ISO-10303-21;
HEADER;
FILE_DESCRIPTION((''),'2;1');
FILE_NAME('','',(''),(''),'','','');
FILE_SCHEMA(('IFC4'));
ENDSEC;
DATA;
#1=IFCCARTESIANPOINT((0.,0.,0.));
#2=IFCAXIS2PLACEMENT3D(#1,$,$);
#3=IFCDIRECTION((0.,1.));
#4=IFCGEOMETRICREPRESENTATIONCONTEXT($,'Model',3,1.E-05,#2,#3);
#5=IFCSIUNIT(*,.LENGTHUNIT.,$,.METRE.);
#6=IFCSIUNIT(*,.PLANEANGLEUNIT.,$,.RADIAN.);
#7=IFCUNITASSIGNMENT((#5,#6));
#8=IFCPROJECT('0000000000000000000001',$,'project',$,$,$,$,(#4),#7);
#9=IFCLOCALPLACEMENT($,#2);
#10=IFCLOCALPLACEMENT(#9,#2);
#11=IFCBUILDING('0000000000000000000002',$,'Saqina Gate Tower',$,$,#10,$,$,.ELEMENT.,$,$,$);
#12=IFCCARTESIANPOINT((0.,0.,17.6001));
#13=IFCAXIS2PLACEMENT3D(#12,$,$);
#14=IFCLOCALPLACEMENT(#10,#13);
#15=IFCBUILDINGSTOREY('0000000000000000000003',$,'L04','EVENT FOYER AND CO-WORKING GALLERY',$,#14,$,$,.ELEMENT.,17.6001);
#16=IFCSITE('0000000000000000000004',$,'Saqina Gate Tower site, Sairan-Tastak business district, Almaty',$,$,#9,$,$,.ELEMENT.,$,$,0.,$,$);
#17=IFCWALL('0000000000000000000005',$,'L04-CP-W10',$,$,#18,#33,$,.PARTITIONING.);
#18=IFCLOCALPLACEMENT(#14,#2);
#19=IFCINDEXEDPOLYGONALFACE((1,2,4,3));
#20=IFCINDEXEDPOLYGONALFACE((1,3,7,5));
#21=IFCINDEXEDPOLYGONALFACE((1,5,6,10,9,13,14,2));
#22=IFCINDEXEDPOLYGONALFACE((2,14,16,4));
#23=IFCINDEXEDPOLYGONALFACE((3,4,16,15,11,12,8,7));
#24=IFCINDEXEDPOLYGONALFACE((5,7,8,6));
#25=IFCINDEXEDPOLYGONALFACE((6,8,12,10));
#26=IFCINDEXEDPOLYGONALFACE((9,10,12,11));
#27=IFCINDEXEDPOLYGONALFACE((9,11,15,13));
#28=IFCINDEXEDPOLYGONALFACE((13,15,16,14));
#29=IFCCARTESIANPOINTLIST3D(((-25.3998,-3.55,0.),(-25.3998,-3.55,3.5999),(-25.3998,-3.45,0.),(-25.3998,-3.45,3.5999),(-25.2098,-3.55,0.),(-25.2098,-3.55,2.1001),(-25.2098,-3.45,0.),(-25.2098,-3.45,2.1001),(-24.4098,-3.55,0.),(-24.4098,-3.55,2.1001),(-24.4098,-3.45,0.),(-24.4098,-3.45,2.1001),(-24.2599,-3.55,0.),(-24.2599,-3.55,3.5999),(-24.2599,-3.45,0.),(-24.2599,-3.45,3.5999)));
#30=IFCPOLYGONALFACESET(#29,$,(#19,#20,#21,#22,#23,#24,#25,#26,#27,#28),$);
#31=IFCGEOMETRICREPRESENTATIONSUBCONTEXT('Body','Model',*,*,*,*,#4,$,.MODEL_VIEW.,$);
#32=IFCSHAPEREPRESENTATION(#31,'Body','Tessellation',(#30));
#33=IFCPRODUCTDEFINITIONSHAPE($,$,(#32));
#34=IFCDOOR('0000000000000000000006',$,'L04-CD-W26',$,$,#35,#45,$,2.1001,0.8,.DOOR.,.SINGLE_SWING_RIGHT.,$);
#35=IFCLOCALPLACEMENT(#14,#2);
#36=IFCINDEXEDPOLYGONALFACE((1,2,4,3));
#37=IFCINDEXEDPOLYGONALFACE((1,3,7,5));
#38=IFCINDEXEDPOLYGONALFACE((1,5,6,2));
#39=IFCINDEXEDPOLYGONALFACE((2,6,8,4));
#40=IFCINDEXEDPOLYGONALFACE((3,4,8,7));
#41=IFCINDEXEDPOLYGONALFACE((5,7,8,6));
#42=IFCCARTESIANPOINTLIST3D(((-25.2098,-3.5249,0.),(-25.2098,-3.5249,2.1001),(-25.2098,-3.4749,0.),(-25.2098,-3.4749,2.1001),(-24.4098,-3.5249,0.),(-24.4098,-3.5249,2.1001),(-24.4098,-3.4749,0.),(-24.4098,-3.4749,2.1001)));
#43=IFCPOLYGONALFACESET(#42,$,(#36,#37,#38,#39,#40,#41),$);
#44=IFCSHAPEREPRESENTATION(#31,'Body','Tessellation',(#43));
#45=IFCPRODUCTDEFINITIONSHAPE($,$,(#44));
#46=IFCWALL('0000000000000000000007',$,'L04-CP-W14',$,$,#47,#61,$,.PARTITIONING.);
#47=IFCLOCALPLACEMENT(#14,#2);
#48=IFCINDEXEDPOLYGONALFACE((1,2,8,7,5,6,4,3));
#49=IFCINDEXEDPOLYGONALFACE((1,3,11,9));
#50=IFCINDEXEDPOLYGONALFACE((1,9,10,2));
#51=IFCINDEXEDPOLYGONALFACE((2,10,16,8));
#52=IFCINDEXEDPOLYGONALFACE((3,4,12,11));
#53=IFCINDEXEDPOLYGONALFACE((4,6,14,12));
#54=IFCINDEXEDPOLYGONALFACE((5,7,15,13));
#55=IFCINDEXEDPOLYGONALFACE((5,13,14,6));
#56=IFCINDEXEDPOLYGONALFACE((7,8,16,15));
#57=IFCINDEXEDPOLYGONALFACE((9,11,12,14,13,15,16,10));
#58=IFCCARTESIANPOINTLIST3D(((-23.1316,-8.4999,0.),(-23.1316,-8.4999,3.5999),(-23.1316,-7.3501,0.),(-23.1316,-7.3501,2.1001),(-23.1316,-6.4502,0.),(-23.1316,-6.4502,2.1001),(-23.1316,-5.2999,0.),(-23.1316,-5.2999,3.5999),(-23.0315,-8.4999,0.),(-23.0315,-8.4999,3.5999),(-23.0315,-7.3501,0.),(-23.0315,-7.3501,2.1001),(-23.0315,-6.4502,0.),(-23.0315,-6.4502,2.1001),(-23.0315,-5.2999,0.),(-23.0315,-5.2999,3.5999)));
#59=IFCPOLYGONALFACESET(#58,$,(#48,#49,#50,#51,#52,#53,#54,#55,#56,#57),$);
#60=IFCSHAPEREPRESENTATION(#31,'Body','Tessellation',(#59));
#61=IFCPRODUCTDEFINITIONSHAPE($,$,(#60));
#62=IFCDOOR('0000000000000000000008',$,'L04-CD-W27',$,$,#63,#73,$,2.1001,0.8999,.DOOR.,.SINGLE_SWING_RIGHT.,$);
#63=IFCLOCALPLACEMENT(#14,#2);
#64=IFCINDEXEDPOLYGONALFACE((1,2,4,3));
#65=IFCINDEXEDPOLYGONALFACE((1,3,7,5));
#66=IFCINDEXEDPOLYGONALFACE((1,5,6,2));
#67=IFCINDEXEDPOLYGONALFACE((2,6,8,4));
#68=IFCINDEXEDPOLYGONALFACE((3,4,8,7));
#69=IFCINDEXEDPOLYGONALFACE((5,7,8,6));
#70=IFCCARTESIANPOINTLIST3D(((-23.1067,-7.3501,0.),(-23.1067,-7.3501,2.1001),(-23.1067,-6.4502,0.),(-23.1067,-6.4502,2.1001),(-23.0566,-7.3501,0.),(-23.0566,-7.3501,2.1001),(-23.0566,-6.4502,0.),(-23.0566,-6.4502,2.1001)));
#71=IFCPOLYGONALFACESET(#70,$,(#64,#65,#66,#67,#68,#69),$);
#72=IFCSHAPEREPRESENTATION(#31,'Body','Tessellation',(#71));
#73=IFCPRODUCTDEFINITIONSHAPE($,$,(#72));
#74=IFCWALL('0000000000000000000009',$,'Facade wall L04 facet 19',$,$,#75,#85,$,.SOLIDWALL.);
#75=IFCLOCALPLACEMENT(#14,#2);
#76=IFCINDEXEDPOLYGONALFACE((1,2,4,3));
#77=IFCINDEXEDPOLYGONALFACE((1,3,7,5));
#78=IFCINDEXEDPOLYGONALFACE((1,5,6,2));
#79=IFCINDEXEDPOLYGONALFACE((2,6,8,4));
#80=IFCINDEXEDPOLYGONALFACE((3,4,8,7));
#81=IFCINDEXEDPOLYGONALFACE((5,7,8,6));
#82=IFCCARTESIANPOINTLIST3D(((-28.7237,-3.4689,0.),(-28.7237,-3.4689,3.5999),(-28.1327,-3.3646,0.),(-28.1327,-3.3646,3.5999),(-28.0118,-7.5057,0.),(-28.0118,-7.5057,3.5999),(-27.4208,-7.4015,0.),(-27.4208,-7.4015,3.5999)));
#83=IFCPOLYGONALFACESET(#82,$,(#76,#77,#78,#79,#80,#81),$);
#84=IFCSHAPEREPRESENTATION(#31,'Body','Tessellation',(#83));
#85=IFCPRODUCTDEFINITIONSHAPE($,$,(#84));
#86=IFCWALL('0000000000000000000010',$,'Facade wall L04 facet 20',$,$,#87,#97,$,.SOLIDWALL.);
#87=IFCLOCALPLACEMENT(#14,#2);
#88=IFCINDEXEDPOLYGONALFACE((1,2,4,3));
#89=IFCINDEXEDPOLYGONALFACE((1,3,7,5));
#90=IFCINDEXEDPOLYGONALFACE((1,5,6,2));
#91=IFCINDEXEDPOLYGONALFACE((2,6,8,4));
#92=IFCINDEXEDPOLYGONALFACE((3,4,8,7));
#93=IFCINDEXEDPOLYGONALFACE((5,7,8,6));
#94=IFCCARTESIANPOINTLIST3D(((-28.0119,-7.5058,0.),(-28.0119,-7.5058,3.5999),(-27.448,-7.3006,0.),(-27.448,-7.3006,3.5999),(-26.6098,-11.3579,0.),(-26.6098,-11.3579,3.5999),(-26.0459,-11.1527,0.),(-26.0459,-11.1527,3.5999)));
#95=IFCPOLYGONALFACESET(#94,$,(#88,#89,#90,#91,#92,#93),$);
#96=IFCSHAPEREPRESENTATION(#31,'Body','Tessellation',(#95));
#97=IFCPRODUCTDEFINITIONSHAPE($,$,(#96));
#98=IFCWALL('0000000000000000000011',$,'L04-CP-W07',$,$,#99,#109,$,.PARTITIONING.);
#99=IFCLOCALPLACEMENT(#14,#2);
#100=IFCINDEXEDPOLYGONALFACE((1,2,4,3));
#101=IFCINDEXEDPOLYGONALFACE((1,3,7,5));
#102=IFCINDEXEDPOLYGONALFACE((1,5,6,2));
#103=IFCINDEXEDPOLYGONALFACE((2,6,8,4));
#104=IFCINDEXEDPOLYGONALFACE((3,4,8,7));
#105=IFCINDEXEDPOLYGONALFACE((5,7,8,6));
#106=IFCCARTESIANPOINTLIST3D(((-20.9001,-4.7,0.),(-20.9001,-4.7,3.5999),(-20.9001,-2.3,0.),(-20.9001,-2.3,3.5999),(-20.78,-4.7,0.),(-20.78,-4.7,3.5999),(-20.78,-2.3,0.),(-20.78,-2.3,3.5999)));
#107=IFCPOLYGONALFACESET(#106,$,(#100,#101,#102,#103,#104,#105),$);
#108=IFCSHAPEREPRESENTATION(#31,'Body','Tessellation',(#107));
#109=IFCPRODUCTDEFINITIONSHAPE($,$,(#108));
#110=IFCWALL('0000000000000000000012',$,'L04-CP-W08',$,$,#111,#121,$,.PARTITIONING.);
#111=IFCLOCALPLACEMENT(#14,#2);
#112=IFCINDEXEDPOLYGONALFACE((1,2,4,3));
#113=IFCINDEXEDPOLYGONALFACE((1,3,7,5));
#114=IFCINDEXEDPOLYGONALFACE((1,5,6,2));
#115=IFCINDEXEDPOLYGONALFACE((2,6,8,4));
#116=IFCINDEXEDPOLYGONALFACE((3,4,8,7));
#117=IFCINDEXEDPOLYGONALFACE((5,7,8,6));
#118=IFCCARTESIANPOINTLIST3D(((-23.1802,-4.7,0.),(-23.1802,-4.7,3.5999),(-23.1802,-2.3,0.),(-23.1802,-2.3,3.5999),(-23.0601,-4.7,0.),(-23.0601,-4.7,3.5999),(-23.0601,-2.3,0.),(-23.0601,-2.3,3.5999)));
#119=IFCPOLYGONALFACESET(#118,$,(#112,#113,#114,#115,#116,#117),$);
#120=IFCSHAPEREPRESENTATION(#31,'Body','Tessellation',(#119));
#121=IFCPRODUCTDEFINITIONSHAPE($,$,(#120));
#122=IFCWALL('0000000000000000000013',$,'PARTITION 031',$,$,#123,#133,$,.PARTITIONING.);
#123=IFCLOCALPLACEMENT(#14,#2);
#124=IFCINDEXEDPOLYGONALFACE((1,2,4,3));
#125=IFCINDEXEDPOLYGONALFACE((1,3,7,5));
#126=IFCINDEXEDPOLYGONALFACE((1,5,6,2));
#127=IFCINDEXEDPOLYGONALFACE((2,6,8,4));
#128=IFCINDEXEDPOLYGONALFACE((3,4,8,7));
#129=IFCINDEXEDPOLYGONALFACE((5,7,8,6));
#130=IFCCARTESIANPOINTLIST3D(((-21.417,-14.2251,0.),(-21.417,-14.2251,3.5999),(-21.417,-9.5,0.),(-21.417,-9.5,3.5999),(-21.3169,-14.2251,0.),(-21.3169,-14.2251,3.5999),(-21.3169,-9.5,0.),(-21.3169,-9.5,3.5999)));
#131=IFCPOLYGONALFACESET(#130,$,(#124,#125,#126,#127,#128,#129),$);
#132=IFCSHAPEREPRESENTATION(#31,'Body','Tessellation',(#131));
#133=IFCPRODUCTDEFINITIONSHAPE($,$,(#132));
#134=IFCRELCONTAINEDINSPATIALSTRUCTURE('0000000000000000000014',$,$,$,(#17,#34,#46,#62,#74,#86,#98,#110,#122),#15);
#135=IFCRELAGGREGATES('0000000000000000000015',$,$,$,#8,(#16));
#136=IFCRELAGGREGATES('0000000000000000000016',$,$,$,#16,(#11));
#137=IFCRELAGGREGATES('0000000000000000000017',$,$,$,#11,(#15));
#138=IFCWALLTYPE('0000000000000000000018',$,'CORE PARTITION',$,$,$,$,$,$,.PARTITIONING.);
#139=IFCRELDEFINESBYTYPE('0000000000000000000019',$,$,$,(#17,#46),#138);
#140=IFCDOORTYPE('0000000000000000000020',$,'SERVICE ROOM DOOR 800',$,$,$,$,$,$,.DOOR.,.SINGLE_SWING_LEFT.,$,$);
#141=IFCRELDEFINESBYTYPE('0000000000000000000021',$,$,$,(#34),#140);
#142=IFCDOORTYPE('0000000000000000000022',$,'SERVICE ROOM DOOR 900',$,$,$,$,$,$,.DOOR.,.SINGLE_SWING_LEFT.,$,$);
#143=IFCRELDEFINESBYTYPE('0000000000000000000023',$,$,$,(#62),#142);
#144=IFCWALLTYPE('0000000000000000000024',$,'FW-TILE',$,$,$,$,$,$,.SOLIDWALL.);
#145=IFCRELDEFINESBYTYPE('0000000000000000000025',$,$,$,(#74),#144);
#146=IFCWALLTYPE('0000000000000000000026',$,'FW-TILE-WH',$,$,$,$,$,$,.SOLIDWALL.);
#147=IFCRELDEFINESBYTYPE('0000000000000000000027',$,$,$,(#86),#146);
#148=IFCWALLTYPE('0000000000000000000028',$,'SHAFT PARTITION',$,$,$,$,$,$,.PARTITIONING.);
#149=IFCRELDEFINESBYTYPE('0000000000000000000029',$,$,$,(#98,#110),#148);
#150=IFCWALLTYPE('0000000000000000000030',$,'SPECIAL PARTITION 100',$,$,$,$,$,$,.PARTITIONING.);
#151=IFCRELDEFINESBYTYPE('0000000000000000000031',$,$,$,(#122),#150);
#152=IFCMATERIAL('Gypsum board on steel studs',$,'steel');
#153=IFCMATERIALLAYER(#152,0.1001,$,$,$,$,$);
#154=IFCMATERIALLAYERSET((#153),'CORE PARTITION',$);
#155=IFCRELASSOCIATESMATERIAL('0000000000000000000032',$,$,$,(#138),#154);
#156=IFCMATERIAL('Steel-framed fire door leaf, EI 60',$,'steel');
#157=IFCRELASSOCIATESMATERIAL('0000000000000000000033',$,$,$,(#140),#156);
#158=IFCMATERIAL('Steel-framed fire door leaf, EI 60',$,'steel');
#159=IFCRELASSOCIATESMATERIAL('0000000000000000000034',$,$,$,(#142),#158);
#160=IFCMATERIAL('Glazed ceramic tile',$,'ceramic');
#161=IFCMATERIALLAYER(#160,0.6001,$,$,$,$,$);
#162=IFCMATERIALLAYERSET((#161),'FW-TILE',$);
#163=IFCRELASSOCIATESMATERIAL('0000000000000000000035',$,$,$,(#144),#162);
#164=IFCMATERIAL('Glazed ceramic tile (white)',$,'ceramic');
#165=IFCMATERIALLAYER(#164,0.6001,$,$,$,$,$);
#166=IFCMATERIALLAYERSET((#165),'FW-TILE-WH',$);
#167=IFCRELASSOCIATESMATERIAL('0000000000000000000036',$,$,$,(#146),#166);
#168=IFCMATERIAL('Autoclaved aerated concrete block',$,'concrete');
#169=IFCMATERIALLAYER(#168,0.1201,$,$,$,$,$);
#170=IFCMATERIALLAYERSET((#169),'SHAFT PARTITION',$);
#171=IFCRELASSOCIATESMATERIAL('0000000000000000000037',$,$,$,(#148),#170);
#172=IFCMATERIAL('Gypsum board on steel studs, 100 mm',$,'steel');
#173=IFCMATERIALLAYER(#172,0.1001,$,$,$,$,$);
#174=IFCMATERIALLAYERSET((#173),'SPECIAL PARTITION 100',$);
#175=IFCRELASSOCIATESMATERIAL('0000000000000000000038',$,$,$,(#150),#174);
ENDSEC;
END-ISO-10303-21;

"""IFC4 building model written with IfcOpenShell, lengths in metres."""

from ifc_helpers import new_model, si_unit, direction, frame, frame_2d, origin, place, context, subcontext, project, spatial, rectangle, extrude, material, layer, layer_set, type_object, element, fill, save


model = new_model("IFC4")

# Units and contexts
model_context = context("Model", 3, precision=1e-05, world=origin(), true_north=direction((0.0, 1.0)))
body_context = subcontext(model_context, "Body", "Model", "MODEL_VIEW")
ifc_project = project(units=[si_unit("LENGTHUNIT", "METRE"), si_unit("PLANEANGLEUNIT", "RADIAN")], contexts=[model_context])

# Site, building, storey
site_placement = place(None, origin())
site = spatial("IfcSite", under=ifc_project, at=site_placement, Name="Saqina Gate Tower site, Sairan-Tastak business district, Almaty", CompositionType="ELEMENT", RefElevation=0.0)
building_placement = place(site_placement, origin())
building = spatial("IfcBuilding", under=site, at=building_placement, Name="Saqina Gate Tower", CompositionType="ELEMENT")
storey_placement = place(building_placement, frame((0.0, 0.0, 17.6001)))
storey = spatial("IfcBuildingStorey", under=building, at=storey_placement, Name="L04", Description="EVENT FOYER AND CO-WORKING GALLERY", CompositionType="ELEMENT", Elevation=17.6001)

# Shared definitions
ifc_material_1 = material(Name="Gypsum board on steel studs", Category="steel")
ifc_layer_1 = layer(ifc_material_1, 0.1001)
ifc_layer_set_1 = layer_set([ifc_layer_1], Name="CORE PARTITION")
wall_type_1 = type_object("IfcWallType", Name="CORE PARTITION", PredefinedType="PARTITIONING", material=ifc_layer_set_1)

# Walls, openings, doors
wall_1_placement = place(storey_placement, frame((-24.26, -3.5, 0.0), z_axis=(0.0, 0.0, 1.0), x_axis=(-1.0, 0.0, 0.0)))
wall_1 = element("IfcWall", 1, at=wall_1_placement, inside=storey, type_object=wall_type_1, Name="L04-CP-W10", PredefinedType="PARTITIONING", context=body_context, shape_type="SweptSolid", body=[
    extrude(rectangle(XDim=1.1399, YDim=0.1001, at=frame_2d((0.5698, 0.0))), origin(), (0.0, 0.0, 1.0), 3.5999),
])
opening_1_placement = place(wall_1_placement, frame((0.1499, 0.0, 0.0)))
opening_1 = element("IfcOpeningElement", 2, at=opening_1_placement, cuts=wall_1, PredefinedType="OPENING", context=body_context, shape_type="SweptSolid", body=[
    extrude(rectangle(XDim=0.8, YDim=2.1001, at=frame_2d((0.3999, 1.05))), frame((0.0, 0.062, 0.0), z_axis=(0.0, -1.0, 0.0), x_axis=(1.0, 0.0, 0.0)), (0.0, 0.0, 1.0), 0.124),
])
ifc_material_2 = material(Name="Steel-framed fire door leaf, EI 60", Category="steel")
door_type_1 = type_object("IfcDoorType", Name="SERVICE ROOM DOOR 800", OperationType="SINGLE_SWING_LEFT", PredefinedType="DOOR", material=ifc_material_2)
door_1_placement = place(opening_1_placement, origin())
door_1 = element("IfcDoor", 3, at=door_1_placement, inside=storey, type_object=door_type_1, Name="L04-CD-W26", OperationType="SINGLE_SWING_RIGHT", OverallHeight=2.1001, OverallWidth=0.8, PredefinedType="DOOR", context=body_context, shape_type="SweptSolid", body=[
    extrude(rectangle(XDim=0.8, YDim=2.1001, at=frame_2d((0.3999, 1.05))), frame((0.0, 0.0249, 0.0), z_axis=(0.0, -1.0, 0.0), x_axis=(1.0, 0.0, 0.0)), (0.0, 0.0, 1.0), 0.05),
])
fill(opening_1, door_1)
wall_2_placement = place(storey_placement, frame((-23.0815, -8.5, 0.0), z_axis=(0.0, 0.0, 1.0), x_axis=(0.0, 1.0, 0.0)))
wall_2 = element("IfcWall", 4, at=wall_2_placement, inside=storey, type_object=wall_type_1, Name="L04-CP-W14", PredefinedType="PARTITIONING", context=body_context, shape_type="SweptSolid", body=[
    extrude(rectangle(XDim=3.2, YDim=0.1001, at=frame_2d((1.6001, 0.0))), origin(), (0.0, 0.0, 1.0), 3.5999),
])
opening_2_placement = place(wall_2_placement, frame((1.1499, 0.0, 0.0)))
opening_2 = element("IfcOpeningElement", 5, at=opening_2_placement, cuts=wall_2, PredefinedType="OPENING", context=body_context, shape_type="SweptSolid", body=[
    extrude(rectangle(XDim=0.8999, YDim=2.1001, at=frame_2d((0.45, 1.05))), frame((0.0, 0.062, 0.0), z_axis=(0.0, -1.0, 0.0), x_axis=(1.0, 0.0, 0.0)), (0.0, 0.0, 1.0), 0.124),
])
ifc_material_3 = material(Name="Steel-framed fire door leaf, EI 60", Category="steel")
door_type_2 = type_object("IfcDoorType", Name="SERVICE ROOM DOOR 900", OperationType="SINGLE_SWING_LEFT", PredefinedType="DOOR", material=ifc_material_3)
door_2_placement = place(opening_2_placement, frame((0.8999, 0.0, 0.0), z_axis=(0.0, 0.0, 1.0), x_axis=(-1.0, 0.0, 0.0)))
door_2 = element("IfcDoor", 6, at=door_2_placement, inside=storey, type_object=door_type_2, Name="L04-CD-W27", OperationType="SINGLE_SWING_RIGHT", OverallHeight=2.1001, OverallWidth=0.8999, PredefinedType="DOOR", context=body_context, shape_type="SweptSolid", body=[
    extrude(rectangle(XDim=0.8999, YDim=2.1001, at=frame_2d((0.45, 1.05))), frame((0.0, 0.0249, 0.0), z_axis=(0.0, -1.0, 0.0), x_axis=(1.0, 0.0, 0.0)), (0.0, 0.0, 1.0), 0.05),
])
fill(opening_2, door_2)

# Walls
ifc_material_4 = material(Name="Glazed ceramic tile", Category="ceramic")
ifc_layer_2 = layer(ifc_material_4, 0.6001)
ifc_layer_set_2 = layer_set([ifc_layer_2], Name="FW-TILE")
wall_type_2 = type_object("IfcWallType", Name="FW-TILE", PredefinedType="SOLIDWALL", material=ifc_layer_set_2)
wall_3_placement = place(storey_placement, frame((-28.4282, -3.4167, 0.0), z_axis=(0.0, 0.0, 1.0), x_axis=(0.173673, -0.984803, 0.0)))
element("IfcWall", 7, at=wall_3_placement, inside=storey, type_object=wall_type_2, Name="Facade wall L04 facet 19", PredefinedType="SOLIDWALL", context=body_context, shape_type="SweptSolid", body=[
    extrude(rectangle(XDim=4.0991, YDim=0.6001, at=frame_2d((2.0496, 0.0))), origin(), (0.0, 0.0, 1.0), 3.5999),
])
ifc_material_5 = material(Name="Glazed ceramic tile (white)", Category="ceramic")
ifc_layer_3 = layer(ifc_material_5, 0.6001)
ifc_layer_set_3 = layer_set([ifc_layer_3], Name="FW-TILE-WH")
wall_type_3 = type_object("IfcWallType", Name="FW-TILE-WH", PredefinedType="SOLIDWALL", material=ifc_layer_set_3)
wall_4_placement = place(storey_placement, frame((-27.73, -7.4031, 0.0), z_axis=(0.0, 0.0, 1.0), x_axis=(0.342035, -0.939687, 0.0)))
element("IfcWall", 8, at=wall_4_placement, inside=storey, type_object=wall_type_3, Name="Facade wall L04 facet 20", PredefinedType="SOLIDWALL", context=body_context, shape_type="SweptSolid", body=[
    extrude(rectangle(XDim=4.0994, YDim=0.6001, at=frame_2d((2.0498, 0.0))), origin(), (0.0, 0.0, 1.0), 3.5999),
])
ifc_material_6 = material(Name="Autoclaved aerated concrete block", Category="concrete")
ifc_layer_4 = layer(ifc_material_6, 0.1201)
ifc_layer_set_4 = layer_set([ifc_layer_4], Name="SHAFT PARTITION")
wall_type_4 = type_object("IfcWallType", Name="SHAFT PARTITION", PredefinedType="PARTITIONING", material=ifc_layer_set_4)
for number, where, z_axis, x_axis, name in (
    (9, (-20.8401, -4.7, 0.0), (0.0, 0.0, 1.0), (0.0, 1.0, 0.0), "L04-CP-W07"),
    (10, (-23.1201, -4.7, 0.0), (0.0, 0.0, 1.0), (0.0, 1.0, 0.0), "L04-CP-W08"),
):
    element("IfcWall", number, at=place(storey_placement, frame(where, z_axis=z_axis, x_axis=x_axis)), inside=storey, type_object=wall_type_4, Name=name, PredefinedType="PARTITIONING", context=body_context, shape_type="SweptSolid", body=[
        extrude(rectangle(XDim=2.3999, YDim=0.1201, at=frame_2d((1.2, 0.0))), origin(), (0.0, 0.0, 1.0), 3.5999),
    ])
ifc_material_7 = material(Name="Gypsum board on steel studs, 100 mm", Category="steel")
ifc_layer_5 = layer(ifc_material_7, 0.1001)
ifc_layer_set_5 = layer_set([ifc_layer_5], Name="SPECIAL PARTITION 100")
wall_type_5 = type_object("IfcWallType", Name="SPECIAL PARTITION 100", PredefinedType="PARTITIONING", material=ifc_layer_set_5)
wall_5_placement = place(storey_placement, frame((-21.3669, -14.2251, 0.0), z_axis=(0.0, 0.0, 1.0), x_axis=(0.0, 1.0, 0.0)))
element("IfcWall", 11, at=wall_5_placement, inside=storey, type_object=wall_type_5, Name="PARTITION 031", PredefinedType="PARTITIONING", context=body_context, shape_type="SweptSolid", body=[
    extrude(rectangle(XDim=4.7251, YDim=0.1001, at=frame_2d((2.3625, 0.0))), origin(), (0.0, 0.0, 1.0), 3.5999),
])

save(model, "model.ifc")
